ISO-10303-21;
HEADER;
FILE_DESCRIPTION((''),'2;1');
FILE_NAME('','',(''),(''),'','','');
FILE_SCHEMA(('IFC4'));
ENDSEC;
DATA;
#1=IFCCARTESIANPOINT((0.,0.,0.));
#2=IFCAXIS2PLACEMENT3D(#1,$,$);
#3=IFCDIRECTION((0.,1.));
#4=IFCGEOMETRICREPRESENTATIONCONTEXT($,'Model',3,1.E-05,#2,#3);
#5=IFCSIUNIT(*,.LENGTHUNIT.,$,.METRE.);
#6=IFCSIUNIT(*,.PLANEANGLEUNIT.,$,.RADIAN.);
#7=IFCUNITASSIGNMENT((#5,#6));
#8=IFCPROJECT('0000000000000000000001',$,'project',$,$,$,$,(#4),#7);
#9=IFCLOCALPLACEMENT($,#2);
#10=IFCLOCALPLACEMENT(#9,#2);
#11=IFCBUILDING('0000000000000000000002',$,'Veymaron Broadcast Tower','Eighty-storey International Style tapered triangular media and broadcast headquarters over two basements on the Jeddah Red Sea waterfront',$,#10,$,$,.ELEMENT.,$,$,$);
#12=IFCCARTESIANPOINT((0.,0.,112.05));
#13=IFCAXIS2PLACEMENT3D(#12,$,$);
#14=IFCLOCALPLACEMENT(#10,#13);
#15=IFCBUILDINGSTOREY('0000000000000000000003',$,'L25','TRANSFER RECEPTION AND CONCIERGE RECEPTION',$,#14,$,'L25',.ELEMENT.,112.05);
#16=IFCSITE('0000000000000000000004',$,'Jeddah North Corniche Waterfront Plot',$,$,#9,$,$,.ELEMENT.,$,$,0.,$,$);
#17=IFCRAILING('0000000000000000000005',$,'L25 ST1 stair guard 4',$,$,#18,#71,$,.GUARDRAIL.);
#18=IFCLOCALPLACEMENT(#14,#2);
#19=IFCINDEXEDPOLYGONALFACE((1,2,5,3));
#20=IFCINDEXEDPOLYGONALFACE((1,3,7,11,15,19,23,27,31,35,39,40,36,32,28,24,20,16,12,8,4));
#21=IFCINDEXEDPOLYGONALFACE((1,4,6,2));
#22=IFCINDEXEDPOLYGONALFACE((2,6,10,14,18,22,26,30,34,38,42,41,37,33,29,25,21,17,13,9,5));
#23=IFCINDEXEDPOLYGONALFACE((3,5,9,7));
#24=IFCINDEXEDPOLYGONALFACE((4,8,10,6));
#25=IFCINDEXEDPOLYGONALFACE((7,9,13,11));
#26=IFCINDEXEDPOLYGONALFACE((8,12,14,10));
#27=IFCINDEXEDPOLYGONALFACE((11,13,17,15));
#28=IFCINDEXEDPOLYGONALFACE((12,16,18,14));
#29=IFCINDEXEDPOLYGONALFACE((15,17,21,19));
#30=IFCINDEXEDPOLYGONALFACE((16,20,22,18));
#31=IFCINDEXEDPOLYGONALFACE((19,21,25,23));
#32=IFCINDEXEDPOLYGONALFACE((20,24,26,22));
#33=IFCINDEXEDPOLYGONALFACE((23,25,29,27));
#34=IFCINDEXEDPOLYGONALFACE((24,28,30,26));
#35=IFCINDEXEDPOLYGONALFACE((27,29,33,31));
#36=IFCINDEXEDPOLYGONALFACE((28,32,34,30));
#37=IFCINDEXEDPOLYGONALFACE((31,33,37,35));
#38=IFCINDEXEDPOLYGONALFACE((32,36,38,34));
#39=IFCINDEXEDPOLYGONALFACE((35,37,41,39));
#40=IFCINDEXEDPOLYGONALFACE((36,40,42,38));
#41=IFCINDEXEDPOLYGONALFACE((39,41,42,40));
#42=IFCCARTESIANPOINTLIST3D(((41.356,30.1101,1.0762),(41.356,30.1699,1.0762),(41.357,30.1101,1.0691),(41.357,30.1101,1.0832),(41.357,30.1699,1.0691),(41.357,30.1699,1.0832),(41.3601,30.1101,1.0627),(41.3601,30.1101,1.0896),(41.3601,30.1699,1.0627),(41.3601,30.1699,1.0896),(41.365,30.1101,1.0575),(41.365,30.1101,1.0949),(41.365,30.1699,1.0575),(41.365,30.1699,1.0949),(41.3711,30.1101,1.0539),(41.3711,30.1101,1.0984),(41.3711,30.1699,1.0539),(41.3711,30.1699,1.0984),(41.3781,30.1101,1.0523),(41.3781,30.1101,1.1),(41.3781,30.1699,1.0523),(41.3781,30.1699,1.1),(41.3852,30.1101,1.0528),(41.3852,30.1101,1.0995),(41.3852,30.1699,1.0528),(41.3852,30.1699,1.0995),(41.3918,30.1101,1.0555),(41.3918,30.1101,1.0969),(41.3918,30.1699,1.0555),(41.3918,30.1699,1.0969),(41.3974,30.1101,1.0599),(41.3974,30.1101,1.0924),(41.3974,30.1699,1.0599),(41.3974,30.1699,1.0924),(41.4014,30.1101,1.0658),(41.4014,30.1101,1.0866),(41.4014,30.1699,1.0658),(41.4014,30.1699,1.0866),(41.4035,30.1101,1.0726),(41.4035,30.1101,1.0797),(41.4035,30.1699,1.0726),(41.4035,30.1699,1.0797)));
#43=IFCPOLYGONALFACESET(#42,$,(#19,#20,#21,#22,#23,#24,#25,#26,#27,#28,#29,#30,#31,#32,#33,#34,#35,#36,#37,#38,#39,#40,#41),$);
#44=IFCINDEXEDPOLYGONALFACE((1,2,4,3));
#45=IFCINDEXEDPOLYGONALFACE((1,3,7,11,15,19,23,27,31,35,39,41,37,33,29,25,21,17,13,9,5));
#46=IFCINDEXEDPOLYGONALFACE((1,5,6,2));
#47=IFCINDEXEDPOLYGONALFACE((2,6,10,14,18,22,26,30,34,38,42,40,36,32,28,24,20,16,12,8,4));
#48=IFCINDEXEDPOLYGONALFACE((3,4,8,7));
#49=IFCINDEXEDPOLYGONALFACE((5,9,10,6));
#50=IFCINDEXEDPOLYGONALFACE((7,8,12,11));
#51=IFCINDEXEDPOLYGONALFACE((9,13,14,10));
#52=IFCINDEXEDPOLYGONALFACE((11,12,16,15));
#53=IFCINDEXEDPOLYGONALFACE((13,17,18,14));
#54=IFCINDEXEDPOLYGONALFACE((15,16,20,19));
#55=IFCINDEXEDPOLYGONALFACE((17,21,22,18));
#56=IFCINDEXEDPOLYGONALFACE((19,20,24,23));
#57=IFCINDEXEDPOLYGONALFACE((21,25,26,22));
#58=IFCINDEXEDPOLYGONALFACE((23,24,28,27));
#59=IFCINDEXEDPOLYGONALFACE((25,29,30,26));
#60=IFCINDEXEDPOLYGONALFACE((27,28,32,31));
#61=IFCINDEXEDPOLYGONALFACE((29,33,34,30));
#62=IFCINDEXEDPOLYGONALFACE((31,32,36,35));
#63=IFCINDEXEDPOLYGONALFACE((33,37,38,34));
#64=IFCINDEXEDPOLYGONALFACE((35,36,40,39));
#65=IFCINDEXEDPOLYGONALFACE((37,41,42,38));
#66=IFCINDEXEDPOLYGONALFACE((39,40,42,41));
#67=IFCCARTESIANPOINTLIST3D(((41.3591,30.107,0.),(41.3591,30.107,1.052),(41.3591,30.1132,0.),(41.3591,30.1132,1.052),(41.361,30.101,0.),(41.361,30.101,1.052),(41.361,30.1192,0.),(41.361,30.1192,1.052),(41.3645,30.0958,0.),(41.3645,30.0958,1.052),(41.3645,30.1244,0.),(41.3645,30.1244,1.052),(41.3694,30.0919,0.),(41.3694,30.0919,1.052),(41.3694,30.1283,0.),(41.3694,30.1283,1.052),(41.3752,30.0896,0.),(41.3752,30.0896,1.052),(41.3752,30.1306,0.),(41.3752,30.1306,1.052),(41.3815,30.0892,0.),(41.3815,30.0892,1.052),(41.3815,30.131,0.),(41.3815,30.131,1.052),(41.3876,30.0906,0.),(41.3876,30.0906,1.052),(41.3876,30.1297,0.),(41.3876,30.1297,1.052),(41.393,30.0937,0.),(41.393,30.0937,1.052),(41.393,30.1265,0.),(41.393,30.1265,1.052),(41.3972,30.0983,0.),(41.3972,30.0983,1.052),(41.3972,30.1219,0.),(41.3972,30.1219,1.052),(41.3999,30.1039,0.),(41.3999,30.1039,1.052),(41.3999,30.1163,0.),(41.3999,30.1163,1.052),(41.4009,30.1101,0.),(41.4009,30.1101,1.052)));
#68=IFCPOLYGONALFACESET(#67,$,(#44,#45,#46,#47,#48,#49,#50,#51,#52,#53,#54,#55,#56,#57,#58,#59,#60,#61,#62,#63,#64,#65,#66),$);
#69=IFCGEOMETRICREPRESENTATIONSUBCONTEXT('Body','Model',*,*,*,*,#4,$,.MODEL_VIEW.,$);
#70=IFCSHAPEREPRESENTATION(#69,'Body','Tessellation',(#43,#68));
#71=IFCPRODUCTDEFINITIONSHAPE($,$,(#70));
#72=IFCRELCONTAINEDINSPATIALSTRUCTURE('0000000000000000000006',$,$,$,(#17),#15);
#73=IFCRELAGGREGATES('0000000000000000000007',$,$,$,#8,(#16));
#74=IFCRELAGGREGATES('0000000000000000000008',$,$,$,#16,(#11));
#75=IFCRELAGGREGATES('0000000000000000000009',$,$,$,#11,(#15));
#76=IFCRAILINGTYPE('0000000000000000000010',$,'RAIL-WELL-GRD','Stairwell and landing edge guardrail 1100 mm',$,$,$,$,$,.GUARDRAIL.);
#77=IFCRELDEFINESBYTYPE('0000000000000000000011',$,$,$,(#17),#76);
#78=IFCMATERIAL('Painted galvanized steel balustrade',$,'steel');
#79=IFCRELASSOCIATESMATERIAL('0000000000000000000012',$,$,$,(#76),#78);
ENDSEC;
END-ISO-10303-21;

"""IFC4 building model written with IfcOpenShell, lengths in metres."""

from ifc_helpers import new_model, si_unit, direction, frame, origin, origin_2d, place, context, subcontext, project, spatial, circle, extrude, material, type_object, element, save


model = new_model("IFC4")

# Units and contexts
model_context = context("Model", 3, precision=1e-05, world=origin(), true_north=direction((0.0, 1.0)))
body_context = subcontext(model_context, "Body", "Model", "MODEL_VIEW")
ifc_project = project(units=[si_unit("LENGTHUNIT", "METRE"), si_unit("PLANEANGLEUNIT", "RADIAN")], contexts=[model_context])

# Site, building, storey
site_placement = place(None, origin())
site = spatial("IfcSite", under=ifc_project, at=site_placement, Name="Jeddah North Corniche Waterfront Plot", CompositionType="ELEMENT", RefElevation=0.0)
building_placement = place(site_placement, origin())
building = spatial("IfcBuilding", under=site, at=building_placement, Name="Veymaron Broadcast Tower", Description="Eighty-storey International Style tapered triangular media and broadcast headquarters over two basements on the Jeddah Red Sea waterfront", CompositionType="ELEMENT")
storey_placement = place(building_placement, frame((0.0, 0.0, 112.05)))
storey = spatial("IfcBuildingStorey", under=building, at=storey_placement, Name="L25", Description="TRANSFER RECEPTION AND CONCIERGE RECEPTION", LongName="L25", CompositionType="ELEMENT", Elevation=112.05)

# Railing
ifc_material_1 = material(Name="Painted galvanized steel balustrade", Category="steel")
railing_type_1 = type_object("IfcRailingType", Name="RAIL-WELL-GRD", Description="Stairwell and landing edge guardrail 1100 mm", PredefinedType="GUARDRAIL", material=ifc_material_1)
railing_1_placement = place(storey_placement, frame((41.3799, 30.1101, 0.0)))
element("IfcRailing", 1, at=railing_1_placement, inside=storey, type_object=railing_type_1, Name="L25 ST1 stair guard 4", PredefinedType="GUARDRAIL", context=body_context, shape_type="SweptSolid", body=[
    extrude(circle(Radius=0.0239, at=origin_2d()), frame((0.0, 0.0, 1.0762), z_axis=(0.0, 1.0, 0.0), x_axis=(-1.0, 0.0, 0.0)), (0.0, 0.0, 1.0), 0.0598),
    extrude(circle(Radius=0.021, at=origin_2d()), origin(), (0.0, 0.0, 1.0), 1.052),
])

save(model, "model.ifc")
